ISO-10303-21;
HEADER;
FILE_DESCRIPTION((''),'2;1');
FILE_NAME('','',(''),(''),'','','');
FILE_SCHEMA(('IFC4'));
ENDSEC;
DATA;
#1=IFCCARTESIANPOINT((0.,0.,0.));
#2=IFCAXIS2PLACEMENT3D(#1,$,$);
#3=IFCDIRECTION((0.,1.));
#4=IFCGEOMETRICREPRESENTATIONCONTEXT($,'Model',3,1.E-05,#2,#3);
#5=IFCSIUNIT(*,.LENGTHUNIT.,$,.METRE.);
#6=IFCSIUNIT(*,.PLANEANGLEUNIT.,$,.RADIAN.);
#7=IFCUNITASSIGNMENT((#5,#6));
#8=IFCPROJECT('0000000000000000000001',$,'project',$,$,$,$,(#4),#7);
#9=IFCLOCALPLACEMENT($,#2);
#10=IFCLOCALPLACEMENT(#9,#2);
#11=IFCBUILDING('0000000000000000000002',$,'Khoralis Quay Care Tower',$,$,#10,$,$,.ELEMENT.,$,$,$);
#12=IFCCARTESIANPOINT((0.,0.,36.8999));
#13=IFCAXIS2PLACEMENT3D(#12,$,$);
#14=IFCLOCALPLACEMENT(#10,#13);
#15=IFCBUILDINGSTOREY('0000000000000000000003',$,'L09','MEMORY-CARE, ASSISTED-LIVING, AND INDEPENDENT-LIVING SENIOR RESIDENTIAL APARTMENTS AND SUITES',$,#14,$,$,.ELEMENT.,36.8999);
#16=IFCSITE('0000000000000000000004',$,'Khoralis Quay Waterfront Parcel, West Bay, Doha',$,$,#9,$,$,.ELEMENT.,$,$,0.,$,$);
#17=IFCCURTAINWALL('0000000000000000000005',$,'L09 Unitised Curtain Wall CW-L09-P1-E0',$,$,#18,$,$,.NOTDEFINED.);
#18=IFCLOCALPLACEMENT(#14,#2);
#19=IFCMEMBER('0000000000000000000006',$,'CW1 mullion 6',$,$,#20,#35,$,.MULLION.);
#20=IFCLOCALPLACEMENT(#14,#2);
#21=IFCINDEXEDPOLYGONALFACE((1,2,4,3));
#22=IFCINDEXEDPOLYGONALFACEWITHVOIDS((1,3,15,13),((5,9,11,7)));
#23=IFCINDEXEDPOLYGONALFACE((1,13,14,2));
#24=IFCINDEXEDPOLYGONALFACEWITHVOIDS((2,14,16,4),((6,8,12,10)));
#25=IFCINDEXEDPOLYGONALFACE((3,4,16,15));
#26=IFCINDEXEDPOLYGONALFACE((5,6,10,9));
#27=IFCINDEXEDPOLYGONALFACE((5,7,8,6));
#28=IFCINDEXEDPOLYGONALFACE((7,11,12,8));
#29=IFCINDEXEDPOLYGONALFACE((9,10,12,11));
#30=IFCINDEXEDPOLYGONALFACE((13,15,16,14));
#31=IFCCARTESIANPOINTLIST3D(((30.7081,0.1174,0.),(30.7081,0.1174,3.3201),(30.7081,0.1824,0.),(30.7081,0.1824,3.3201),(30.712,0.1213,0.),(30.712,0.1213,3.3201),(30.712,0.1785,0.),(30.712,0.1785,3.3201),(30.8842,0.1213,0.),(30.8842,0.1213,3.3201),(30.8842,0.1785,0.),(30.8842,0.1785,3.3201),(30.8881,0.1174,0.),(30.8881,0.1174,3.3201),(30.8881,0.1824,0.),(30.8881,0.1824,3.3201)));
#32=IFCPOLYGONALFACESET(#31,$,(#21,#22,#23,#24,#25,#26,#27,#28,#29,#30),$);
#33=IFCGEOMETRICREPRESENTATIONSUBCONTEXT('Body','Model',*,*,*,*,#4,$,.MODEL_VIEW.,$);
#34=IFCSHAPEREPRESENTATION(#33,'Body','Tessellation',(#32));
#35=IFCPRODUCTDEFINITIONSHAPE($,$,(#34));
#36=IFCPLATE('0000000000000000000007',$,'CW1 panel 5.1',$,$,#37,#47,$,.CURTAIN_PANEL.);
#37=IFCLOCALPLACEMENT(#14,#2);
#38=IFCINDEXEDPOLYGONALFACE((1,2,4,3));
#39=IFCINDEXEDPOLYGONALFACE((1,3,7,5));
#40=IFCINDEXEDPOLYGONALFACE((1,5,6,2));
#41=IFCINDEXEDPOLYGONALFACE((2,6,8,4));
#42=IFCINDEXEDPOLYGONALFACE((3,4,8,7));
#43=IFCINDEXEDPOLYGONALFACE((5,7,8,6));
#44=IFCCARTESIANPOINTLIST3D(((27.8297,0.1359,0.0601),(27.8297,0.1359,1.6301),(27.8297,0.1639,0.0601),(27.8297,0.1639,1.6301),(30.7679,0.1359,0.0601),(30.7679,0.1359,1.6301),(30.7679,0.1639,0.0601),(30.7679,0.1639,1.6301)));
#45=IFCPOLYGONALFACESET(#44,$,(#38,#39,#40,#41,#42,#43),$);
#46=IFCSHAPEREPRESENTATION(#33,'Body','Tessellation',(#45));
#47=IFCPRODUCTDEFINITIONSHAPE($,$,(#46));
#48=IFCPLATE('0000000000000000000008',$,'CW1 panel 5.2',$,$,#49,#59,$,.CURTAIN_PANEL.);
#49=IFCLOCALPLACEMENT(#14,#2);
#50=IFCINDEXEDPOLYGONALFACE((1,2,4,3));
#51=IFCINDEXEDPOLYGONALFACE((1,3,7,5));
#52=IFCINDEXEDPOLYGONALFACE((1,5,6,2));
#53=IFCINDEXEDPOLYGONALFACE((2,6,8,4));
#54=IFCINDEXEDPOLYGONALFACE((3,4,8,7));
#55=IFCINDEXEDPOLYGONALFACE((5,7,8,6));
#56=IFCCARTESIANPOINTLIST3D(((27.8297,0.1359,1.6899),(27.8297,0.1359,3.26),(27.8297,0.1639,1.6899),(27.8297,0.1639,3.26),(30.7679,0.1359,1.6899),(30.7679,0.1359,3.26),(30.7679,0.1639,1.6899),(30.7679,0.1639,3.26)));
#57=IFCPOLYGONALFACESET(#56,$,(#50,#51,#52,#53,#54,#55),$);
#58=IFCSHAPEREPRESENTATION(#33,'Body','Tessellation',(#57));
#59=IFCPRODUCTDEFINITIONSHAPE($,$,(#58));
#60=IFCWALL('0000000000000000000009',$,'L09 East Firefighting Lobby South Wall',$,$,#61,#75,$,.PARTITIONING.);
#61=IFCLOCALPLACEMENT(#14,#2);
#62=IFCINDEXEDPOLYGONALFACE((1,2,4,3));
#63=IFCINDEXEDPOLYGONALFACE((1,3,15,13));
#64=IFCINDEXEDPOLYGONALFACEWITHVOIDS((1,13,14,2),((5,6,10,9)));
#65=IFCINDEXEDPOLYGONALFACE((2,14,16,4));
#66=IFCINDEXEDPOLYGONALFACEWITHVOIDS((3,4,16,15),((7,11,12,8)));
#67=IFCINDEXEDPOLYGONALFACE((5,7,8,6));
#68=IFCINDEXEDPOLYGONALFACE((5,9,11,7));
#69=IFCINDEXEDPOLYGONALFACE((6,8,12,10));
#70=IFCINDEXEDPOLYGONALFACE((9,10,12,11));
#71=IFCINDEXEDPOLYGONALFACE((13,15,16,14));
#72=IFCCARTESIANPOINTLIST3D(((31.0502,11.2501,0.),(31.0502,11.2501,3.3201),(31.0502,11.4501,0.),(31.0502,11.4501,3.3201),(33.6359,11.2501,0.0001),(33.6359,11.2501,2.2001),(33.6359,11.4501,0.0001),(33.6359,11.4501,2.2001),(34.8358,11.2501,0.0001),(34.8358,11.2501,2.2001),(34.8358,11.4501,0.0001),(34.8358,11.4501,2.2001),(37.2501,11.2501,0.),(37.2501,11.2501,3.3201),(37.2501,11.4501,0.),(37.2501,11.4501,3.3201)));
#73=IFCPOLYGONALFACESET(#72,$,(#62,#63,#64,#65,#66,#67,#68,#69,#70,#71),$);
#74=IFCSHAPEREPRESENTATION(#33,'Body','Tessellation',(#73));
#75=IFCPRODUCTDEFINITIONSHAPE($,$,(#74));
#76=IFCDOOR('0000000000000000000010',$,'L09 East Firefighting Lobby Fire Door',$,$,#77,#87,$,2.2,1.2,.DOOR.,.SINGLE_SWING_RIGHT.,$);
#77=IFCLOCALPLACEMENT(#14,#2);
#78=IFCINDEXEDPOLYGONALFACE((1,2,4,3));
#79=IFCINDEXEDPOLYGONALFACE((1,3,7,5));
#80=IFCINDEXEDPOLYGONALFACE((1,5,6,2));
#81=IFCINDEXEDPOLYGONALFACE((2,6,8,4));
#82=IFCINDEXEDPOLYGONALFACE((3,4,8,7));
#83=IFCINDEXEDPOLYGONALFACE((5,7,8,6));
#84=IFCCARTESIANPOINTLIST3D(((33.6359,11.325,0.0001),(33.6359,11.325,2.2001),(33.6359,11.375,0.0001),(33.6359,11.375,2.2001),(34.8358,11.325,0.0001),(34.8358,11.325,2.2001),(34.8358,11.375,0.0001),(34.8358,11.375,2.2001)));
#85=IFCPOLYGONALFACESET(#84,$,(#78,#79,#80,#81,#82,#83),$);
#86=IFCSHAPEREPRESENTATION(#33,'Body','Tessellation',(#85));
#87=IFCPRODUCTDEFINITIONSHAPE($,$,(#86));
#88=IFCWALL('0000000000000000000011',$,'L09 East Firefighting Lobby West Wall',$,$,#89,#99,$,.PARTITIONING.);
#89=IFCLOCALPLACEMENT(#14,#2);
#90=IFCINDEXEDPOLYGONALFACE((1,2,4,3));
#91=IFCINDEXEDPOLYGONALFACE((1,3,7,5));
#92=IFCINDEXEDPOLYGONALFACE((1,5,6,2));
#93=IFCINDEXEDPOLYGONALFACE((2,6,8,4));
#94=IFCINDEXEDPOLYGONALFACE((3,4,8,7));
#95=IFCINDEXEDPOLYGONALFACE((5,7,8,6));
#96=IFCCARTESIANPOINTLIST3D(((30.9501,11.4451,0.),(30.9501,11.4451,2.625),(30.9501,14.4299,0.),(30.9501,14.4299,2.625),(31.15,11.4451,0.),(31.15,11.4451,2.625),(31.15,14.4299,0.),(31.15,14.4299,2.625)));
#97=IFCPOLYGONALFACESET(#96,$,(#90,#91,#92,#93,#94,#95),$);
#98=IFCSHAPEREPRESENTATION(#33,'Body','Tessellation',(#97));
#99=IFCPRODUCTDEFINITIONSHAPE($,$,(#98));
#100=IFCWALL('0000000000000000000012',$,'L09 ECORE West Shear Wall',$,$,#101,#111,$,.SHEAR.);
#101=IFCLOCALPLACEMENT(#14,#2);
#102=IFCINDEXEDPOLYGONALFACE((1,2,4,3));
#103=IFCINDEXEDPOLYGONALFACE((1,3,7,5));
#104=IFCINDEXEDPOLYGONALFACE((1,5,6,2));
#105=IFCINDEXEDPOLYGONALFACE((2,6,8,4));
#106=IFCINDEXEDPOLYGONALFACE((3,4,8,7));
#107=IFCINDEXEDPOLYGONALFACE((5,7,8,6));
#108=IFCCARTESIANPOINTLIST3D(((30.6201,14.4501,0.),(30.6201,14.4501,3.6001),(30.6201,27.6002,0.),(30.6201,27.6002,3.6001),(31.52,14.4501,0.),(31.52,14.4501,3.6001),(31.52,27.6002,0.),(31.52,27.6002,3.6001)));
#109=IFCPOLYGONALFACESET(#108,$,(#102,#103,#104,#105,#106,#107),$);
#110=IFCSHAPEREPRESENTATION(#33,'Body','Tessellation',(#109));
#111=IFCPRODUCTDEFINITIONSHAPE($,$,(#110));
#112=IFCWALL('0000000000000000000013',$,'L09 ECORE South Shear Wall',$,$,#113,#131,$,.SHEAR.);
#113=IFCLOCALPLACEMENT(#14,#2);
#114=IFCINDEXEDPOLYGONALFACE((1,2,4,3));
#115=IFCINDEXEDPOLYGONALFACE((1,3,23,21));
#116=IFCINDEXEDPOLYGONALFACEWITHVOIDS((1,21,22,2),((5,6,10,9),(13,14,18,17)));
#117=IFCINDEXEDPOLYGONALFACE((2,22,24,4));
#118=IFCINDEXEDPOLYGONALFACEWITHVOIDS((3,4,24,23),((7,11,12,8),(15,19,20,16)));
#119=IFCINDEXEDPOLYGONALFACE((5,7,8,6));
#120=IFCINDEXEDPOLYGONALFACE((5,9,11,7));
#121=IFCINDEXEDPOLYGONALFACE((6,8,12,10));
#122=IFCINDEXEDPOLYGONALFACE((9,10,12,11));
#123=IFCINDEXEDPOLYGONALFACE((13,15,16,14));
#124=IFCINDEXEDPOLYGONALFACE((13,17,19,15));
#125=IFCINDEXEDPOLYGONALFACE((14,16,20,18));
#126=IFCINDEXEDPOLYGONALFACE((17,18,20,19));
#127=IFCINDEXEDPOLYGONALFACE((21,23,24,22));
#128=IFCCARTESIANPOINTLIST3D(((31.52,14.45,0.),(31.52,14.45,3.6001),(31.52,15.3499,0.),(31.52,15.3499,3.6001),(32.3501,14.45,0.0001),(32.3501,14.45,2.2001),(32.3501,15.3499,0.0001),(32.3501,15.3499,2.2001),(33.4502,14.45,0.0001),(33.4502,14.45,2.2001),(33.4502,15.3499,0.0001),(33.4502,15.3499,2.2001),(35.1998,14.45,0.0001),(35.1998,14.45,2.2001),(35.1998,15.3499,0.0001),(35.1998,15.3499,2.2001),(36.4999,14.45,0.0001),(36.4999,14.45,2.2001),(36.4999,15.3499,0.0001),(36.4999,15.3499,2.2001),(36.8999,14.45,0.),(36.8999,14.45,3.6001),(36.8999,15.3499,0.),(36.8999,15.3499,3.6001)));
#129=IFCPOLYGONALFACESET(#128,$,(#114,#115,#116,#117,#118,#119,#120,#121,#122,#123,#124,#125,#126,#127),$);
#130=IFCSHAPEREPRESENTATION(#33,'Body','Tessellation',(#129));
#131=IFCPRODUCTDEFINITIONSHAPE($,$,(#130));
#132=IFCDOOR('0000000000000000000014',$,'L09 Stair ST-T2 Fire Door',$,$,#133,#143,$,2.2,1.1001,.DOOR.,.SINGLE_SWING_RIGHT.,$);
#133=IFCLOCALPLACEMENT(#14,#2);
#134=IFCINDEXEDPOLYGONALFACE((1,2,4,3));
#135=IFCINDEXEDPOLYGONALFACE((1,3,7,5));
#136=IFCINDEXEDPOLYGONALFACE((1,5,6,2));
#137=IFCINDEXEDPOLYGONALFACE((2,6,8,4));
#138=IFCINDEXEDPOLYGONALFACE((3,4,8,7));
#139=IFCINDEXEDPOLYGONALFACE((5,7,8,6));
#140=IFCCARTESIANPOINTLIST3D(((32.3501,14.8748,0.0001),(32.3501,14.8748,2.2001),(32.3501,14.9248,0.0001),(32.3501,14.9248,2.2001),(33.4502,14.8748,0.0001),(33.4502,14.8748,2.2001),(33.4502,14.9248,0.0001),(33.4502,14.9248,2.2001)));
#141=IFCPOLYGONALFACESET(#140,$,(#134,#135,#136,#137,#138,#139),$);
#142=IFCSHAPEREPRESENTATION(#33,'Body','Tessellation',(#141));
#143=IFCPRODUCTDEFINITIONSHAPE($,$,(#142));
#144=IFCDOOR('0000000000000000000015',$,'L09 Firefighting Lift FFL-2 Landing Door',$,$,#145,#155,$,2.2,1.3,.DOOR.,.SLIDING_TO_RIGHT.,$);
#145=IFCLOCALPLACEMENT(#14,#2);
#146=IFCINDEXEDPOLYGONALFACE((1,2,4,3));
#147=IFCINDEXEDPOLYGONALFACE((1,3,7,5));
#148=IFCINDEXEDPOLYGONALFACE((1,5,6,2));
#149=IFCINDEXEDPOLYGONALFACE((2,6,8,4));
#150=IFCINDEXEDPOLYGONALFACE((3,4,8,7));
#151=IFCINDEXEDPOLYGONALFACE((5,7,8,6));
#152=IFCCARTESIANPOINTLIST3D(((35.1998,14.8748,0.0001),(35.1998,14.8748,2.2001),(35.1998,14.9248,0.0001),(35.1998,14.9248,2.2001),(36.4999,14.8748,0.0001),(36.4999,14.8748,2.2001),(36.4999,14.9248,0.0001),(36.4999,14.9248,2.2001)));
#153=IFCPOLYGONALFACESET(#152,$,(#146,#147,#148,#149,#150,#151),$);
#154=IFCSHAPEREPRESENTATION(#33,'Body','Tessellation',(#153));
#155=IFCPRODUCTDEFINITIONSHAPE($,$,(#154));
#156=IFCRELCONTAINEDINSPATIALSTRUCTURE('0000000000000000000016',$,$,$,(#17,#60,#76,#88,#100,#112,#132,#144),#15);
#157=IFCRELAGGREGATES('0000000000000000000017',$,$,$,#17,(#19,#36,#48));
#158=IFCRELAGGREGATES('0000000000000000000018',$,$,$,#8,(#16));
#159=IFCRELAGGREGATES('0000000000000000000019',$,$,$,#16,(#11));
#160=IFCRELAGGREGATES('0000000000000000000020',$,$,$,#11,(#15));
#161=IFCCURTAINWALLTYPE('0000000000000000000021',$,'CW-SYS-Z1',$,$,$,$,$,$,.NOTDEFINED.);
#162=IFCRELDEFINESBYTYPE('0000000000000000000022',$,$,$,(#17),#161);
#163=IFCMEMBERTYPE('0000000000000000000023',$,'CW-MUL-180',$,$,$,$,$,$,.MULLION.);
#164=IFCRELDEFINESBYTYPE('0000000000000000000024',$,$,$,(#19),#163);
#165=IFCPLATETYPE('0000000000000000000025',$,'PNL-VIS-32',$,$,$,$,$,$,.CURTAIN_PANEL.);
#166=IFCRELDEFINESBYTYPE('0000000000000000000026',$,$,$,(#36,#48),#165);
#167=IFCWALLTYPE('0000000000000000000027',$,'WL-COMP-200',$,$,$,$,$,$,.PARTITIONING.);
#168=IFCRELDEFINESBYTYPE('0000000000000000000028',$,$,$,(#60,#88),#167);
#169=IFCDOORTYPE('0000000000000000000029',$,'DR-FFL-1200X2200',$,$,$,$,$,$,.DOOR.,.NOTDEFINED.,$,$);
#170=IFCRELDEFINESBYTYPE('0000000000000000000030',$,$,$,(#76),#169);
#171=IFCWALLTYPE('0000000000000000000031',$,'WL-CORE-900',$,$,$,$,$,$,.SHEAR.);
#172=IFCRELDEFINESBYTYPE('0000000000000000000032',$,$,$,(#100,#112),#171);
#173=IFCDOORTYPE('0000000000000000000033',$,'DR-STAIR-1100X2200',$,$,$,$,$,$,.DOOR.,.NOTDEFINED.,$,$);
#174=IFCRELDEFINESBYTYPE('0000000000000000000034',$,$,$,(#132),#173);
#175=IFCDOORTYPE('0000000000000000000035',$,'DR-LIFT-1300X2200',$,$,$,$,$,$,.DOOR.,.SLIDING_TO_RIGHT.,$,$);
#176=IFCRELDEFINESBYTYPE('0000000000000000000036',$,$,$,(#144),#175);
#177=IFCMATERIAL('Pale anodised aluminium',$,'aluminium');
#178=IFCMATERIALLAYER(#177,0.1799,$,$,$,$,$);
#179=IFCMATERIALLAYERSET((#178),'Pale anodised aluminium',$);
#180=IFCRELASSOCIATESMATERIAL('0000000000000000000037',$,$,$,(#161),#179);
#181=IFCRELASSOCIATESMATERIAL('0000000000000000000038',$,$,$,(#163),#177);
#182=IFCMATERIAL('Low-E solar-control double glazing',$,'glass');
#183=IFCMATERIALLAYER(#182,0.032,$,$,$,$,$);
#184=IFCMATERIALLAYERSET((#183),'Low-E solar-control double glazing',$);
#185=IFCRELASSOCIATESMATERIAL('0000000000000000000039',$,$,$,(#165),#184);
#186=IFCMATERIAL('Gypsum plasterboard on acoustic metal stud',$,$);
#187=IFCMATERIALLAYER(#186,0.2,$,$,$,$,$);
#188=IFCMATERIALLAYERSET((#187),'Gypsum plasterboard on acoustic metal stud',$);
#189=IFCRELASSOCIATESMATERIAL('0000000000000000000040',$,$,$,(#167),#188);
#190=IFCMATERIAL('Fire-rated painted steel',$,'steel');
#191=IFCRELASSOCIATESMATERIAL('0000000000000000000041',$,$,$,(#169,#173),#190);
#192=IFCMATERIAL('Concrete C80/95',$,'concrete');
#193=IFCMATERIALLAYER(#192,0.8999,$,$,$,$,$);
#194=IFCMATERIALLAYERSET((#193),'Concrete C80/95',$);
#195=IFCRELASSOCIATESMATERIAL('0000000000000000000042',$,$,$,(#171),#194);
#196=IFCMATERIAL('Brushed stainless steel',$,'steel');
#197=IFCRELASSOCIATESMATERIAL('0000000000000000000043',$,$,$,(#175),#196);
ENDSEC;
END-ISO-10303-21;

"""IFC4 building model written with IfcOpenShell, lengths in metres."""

from ifc_helpers import new_model, si_unit, direction, frame, frame_2d, origin, origin_2d, place, context, subcontext, project, spatial, rectangle, hollow_rectangle, extrude, source, transform, mapped, material, layer, layer_set, material_profile, profile_set, type_object, element, fill, aggregate, save


model = new_model("IFC4")

# Units and contexts
model_context = context("Model", 3, precision=1e-05, world=origin(), true_north=direction((0.0, 1.0)))
body_context = subcontext(model_context, "Body", "Model", "MODEL_VIEW")
ifc_project = project(units=[si_unit("LENGTHUNIT", "METRE"), si_unit("PLANEANGLEUNIT", "RADIAN")], contexts=[model_context])

# Site, building, storey
site_placement = place(None, origin())
site = spatial("IfcSite", under=ifc_project, at=site_placement, Name="Khoralis Quay Waterfront Parcel, West Bay, Doha", CompositionType="ELEMENT", RefElevation=0.0)
building_placement = place(site_placement, origin())
building = spatial("IfcBuilding", under=site, at=building_placement, Name="Khoralis Quay Care Tower", CompositionType="ELEMENT")
storey_placement = place(building_placement, frame((0.0, 0.0, 36.8999)))
storey = spatial("IfcBuildingStorey", under=building, at=storey_placement, Name="L09", Description="MEMORY-CARE, ASSISTED-LIVING, AND INDEPENDENT-LIVING SENIOR RESIDENTIAL APARTMENTS AND SUITES", CompositionType="ELEMENT", Elevation=36.8999)

# Shared definitions
ifc_material_1 = material(Name="Concrete C80/95", Category="concrete")

# Curtain wall, member, plates
ifc_material_2 = material(Name="Pale anodised aluminium", Category="aluminium")
ifc_layer_1 = layer(ifc_material_2, 0.1799)
ifc_layer_set_1 = layer_set([ifc_layer_1], Name="Pale anodised aluminium")
curtain_wall_type = type_object("IfcCurtainWallType", Name="CW-SYS-Z1", PredefinedType="NOTDEFINED", material=ifc_layer_set_1)
curtain_wall_placement = place(storey_placement, origin())
curtain_wall = element("IfcCurtainWall", 1, at=curtain_wall_placement, inside=storey, type_object=curtain_wall_type, Name="L09 Unitised Curtain Wall CW-L09-P1-E0", PredefinedType="NOTDEFINED")
ifc_material_profile_1 = material_profile(ifc_material_2, hollow_rectangle(XDim=0.0649, YDim=0.1799, WallThickness=0.0039, at=origin_2d()), Name="Pale anodised aluminium")
ifc_profile_set_1 = profile_set([ifc_material_profile_1], Name="Pale anodised aluminium")
member_type = type_object("IfcMemberType", Name="CW-MUL-180", PredefinedType="MULLION", material=ifc_profile_set_1)
shared_shape_1 = source(origin(), body_context, "Body", "SweptSolid", [
    extrude(hollow_rectangle(XDim=0.0649, YDim=0.1799, WallThickness=0.0039, at=origin_2d()), origin(), (0.0, 0.0, 1.0), 3.3201),
])
member_placement = place(storey_placement, frame((30.7981, 0.1499, 0.0), z_axis=(0.0, 0.0, 1.0), x_axis=(0.0, 1.0, 0.0)))
member = element("IfcMember", 2, at=member_placement, type_object=member_type, Name="CW1 mullion 6", PredefinedType="MULLION", context=body_context, shape_type="MappedRepresentation", body=[
    mapped(shared_shape_1, transform((0.0, 0.0, 0.0), scale=1.0)),
])
ifc_material_3 = material(Name="Low-E solar-control double glazing", Category="glass")
ifc_layer_2 = layer(ifc_material_3, 0.032)
ifc_layer_set_2 = layer_set([ifc_layer_2], Name="Low-E solar-control double glazing")
plate_type = type_object("IfcPlateType", Name="PNL-VIS-32", PredefinedType="CURTAIN_PANEL", material=ifc_layer_set_2)
shared_shape_2 = source(origin(), body_context, "Body", "SweptSolid", [
    extrude(rectangle(XDim=2.9382, YDim=0.0281, at=origin_2d()), origin(), (0.0, 0.0, 1.0), 1.5701),
])
plate_1_placement = place(storey_placement, frame((29.2988, 0.1499, 0.0601), z_axis=(0.0, 0.0, 1.0), x_axis=(1.0, 0.0, 0.0)))
plate_1 = element("IfcPlate", 3, at=plate_1_placement, type_object=plate_type, Name="CW1 panel 5.1", PredefinedType="CURTAIN_PANEL", context=body_context, shape_type="MappedRepresentation", body=[
    mapped(shared_shape_2, transform((0.0, 0.0, 0.0), scale=1.0)),
])
plate_2_placement = place(storey_placement, frame((29.2988, 0.1499, 1.6899), z_axis=(0.0, 0.0, 1.0), x_axis=(1.0, 0.0, 0.0)))
plate_2 = element("IfcPlate", 4, at=plate_2_placement, type_object=plate_type, Name="CW1 panel 5.2", PredefinedType="CURTAIN_PANEL", context=body_context, shape_type="MappedRepresentation", body=[
    mapped(shared_shape_2, transform((0.0, 0.0, 0.0), scale=1.0)),
])
aggregate(curtain_wall, [member, plate_1, plate_2])

# Wall, opening, door
ifc_material_4 = material(Name="Gypsum plasterboard on acoustic metal stud")
ifc_layer_3 = layer(ifc_material_4, 0.2)
ifc_layer_set_3 = layer_set([ifc_layer_3], Name="Gypsum plasterboard on acoustic metal stud")
wall_type_1 = type_object("IfcWallType", Name="WL-COMP-200", PredefinedType="PARTITIONING", material=ifc_layer_set_3)
wall_1_placement = place(storey_placement, frame((31.05, 11.3501, 0.0), z_axis=(0.0, 0.0, 1.0), x_axis=(1.0, 0.0, 0.0)))
wall_1 = element("IfcWall", 5, at=wall_1_placement, inside=storey, type_object=wall_type_1, Name="L09 East Firefighting Lobby South Wall", PredefinedType="PARTITIONING", context=body_context, shape_type="SweptSolid", body=[
    extrude(rectangle(XDim=6.2, YDim=0.2, at=frame_2d((3.1001, 0.0))), origin(), (0.0, 0.0, 1.0), 3.3201),
])
opening_1_placement = place(wall_1_placement, frame((2.5857, 0.0, 0.0)))
opening_1 = element("IfcOpeningElement", 6, at=opening_1_placement, cuts=wall_1, PredefinedType="OPENING", context=body_context, shape_type="SweptSolid", body=[
    extrude(rectangle(XDim=1.2, YDim=2.2, at=frame_2d((0.6001, 1.1001))), frame((0.0, 0.1099, 0.0), z_axis=(0.0, -1.0, 0.0), x_axis=(1.0, 0.0, 0.0)), (0.0, 0.0, 1.0), 0.22),
])
ifc_material_5 = material(Name="Fire-rated painted steel", Category="steel")
door_type_1 = type_object("IfcDoorType", Name="DR-FFL-1200X2200", OperationType="NOTDEFINED", PredefinedType="DOOR", material=ifc_material_5)
shared_shape_3 = source(origin(), body_context, "Body", "SweptSolid", [
    extrude(rectangle(XDim=1.2, YDim=2.2, at=frame_2d((0.6001, 1.1001))), frame((0.0, 0.0249, 0.0), z_axis=(0.0, -1.0, 0.0), x_axis=(1.0, 0.0, 0.0)), (0.0, 0.0, 1.0), 0.05),
])
door_1_placement = place(opening_1_placement, origin())
door_1 = element("IfcDoor", 7, at=door_1_placement, inside=storey, type_object=door_type_1, Name="L09 East Firefighting Lobby Fire Door", OperationType="SINGLE_SWING_RIGHT", OverallHeight=2.2, OverallWidth=1.2, PredefinedType="DOOR", context=body_context, shape_type="MappedRepresentation", body=[
    mapped(shared_shape_3, transform((0.0, 0.0, 0.0), scale=1.0)),
])
fill(opening_1, door_1)

# Walls
wall_2_placement = place(storey_placement, frame((31.05, 11.4451, 0.0), z_axis=(0.0, 0.0, 1.0), x_axis=(0.0, 1.0, 0.0)))
element("IfcWall", 8, at=wall_2_placement, inside=storey, type_object=wall_type_1, Name="L09 East Firefighting Lobby West Wall", PredefinedType="PARTITIONING", context=body_context, shape_type="SweptSolid", body=[
    extrude(rectangle(XDim=2.9849, YDim=0.2, at=frame_2d((1.4924, 0.0))), origin(), (0.0, 0.0, 1.0), 2.625),
])
ifc_layer_4 = layer(ifc_material_1, 0.8999)
ifc_layer_set_4 = layer_set([ifc_layer_4], Name="Concrete C80/95")
wall_type_2 = type_object("IfcWallType", Name="WL-CORE-900", PredefinedType="SHEAR", material=ifc_layer_set_4)
wall_3_placement = place(storey_placement, frame((31.0701, 14.45, 0.0), z_axis=(0.0, 0.0, 1.0), x_axis=(0.0, 1.0, 0.0)))
element("IfcWall", 9, at=wall_3_placement, inside=storey, type_object=wall_type_2, Name="L09 ECORE West Shear Wall", PredefinedType="SHEAR", context=body_context, shape_type="SweptSolid", body=[
    extrude(rectangle(XDim=13.1501, YDim=0.8999, at=frame_2d((6.5752, 0.0))), origin(), (0.0, 0.0, 1.0), 3.6001),
])

# Wall, openings, doors
wall_4_placement = place(storey_placement, frame((31.52, 14.8999, 0.0), z_axis=(0.0, 0.0, 1.0), x_axis=(1.0, 0.0, 0.0)))
wall_4 = element("IfcWall", 10, at=wall_4_placement, inside=storey, type_object=wall_type_2, Name="L09 ECORE South Shear Wall", PredefinedType="SHEAR", context=body_context, shape_type="SweptSolid", body=[
    extrude(rectangle(XDim=5.3799, YDim=0.8999, at=frame_2d((2.6899, 0.0))), origin(), (0.0, 0.0, 1.0), 3.6001),
])
opening_2_placement = place(wall_4_placement, frame((0.8301, 0.0, 0.0)))
opening_2 = element("IfcOpeningElement", 11, at=opening_2_placement, cuts=wall_4, PredefinedType="OPENING", context=body_context, shape_type="SweptSolid", body=[
    extrude(rectangle(XDim=1.1001, YDim=2.2, at=frame_2d((0.55, 1.1001))), frame((0.0, 0.46, 0.0), z_axis=(0.0, -1.0, 0.0), x_axis=(1.0, 0.0, 0.0)), (0.0, 0.0, 1.0), 0.9199),
])
opening_3_placement = place(wall_4_placement, frame((3.6799, 0.0, 0.0)))
opening_3 = element("IfcOpeningElement", 12, at=opening_3_placement, cuts=wall_4, PredefinedType="OPENING", context=body_context, shape_type="SweptSolid", body=[
    extrude(rectangle(XDim=1.3, YDim=2.2, at=frame_2d((0.6499, 1.1001))), frame((0.0, 0.46, 0.0), z_axis=(0.0, -1.0, 0.0), x_axis=(1.0, 0.0, 0.0)), (0.0, 0.0, 1.0), 0.9199),
])
door_type_2 = type_object("IfcDoorType", Name="DR-STAIR-1100X2200", OperationType="NOTDEFINED", PredefinedType="DOOR", material=ifc_material_5)
shared_shape_4 = source(origin(), body_context, "Body", "SweptSolid", [
    extrude(rectangle(XDim=1.1001, YDim=2.2, at=frame_2d((0.55, 1.1001))), frame((0.0, 0.0249, 0.0), z_axis=(0.0, -1.0, 0.0), x_axis=(1.0, 0.0, 0.0)), (0.0, 0.0, 1.0), 0.05),
])
door_2_placement = place(opening_2_placement, origin())
door_2 = element("IfcDoor", 13, at=door_2_placement, inside=storey, type_object=door_type_2, Name="L09 Stair ST-T2 Fire Door", OperationType="SINGLE_SWING_RIGHT", OverallHeight=2.2, OverallWidth=1.1001, PredefinedType="DOOR", context=body_context, shape_type="MappedRepresentation", body=[
    mapped(shared_shape_4, transform((0.0, 0.0, 0.0), scale=1.0)),
])
fill(opening_2, door_2)
ifc_material_6 = material(Name="Brushed stainless steel", Category="steel")
door_type_3 = type_object("IfcDoorType", Name="DR-LIFT-1300X2200", OperationType="SLIDING_TO_RIGHT", PredefinedType="DOOR", material=ifc_material_6)
shared_shape_5 = source(origin(), body_context, "Body", "SweptSolid", [
    extrude(rectangle(XDim=1.3, YDim=2.2, at=frame_2d((0.6499, 1.1001))), frame((0.0, 0.0249, 0.0), z_axis=(0.0, -1.0, 0.0), x_axis=(1.0, 0.0, 0.0)), (0.0, 0.0, 1.0), 0.05),
])
door_3_placement = place(opening_3_placement, origin())
door_3 = element("IfcDoor", 14, at=door_3_placement, inside=storey, type_object=door_type_3, Name="L09 Firefighting Lift FFL-2 Landing Door", OperationType="SLIDING_TO_RIGHT", OverallHeight=2.2, OverallWidth=1.3, PredefinedType="DOOR", context=body_context, shape_type="MappedRepresentation", body=[
    mapped(shared_shape_5, transform((0.0, 0.0, 0.0), scale=1.0)),
])
fill(opening_3, door_3)

save(model, "model.ifc")
